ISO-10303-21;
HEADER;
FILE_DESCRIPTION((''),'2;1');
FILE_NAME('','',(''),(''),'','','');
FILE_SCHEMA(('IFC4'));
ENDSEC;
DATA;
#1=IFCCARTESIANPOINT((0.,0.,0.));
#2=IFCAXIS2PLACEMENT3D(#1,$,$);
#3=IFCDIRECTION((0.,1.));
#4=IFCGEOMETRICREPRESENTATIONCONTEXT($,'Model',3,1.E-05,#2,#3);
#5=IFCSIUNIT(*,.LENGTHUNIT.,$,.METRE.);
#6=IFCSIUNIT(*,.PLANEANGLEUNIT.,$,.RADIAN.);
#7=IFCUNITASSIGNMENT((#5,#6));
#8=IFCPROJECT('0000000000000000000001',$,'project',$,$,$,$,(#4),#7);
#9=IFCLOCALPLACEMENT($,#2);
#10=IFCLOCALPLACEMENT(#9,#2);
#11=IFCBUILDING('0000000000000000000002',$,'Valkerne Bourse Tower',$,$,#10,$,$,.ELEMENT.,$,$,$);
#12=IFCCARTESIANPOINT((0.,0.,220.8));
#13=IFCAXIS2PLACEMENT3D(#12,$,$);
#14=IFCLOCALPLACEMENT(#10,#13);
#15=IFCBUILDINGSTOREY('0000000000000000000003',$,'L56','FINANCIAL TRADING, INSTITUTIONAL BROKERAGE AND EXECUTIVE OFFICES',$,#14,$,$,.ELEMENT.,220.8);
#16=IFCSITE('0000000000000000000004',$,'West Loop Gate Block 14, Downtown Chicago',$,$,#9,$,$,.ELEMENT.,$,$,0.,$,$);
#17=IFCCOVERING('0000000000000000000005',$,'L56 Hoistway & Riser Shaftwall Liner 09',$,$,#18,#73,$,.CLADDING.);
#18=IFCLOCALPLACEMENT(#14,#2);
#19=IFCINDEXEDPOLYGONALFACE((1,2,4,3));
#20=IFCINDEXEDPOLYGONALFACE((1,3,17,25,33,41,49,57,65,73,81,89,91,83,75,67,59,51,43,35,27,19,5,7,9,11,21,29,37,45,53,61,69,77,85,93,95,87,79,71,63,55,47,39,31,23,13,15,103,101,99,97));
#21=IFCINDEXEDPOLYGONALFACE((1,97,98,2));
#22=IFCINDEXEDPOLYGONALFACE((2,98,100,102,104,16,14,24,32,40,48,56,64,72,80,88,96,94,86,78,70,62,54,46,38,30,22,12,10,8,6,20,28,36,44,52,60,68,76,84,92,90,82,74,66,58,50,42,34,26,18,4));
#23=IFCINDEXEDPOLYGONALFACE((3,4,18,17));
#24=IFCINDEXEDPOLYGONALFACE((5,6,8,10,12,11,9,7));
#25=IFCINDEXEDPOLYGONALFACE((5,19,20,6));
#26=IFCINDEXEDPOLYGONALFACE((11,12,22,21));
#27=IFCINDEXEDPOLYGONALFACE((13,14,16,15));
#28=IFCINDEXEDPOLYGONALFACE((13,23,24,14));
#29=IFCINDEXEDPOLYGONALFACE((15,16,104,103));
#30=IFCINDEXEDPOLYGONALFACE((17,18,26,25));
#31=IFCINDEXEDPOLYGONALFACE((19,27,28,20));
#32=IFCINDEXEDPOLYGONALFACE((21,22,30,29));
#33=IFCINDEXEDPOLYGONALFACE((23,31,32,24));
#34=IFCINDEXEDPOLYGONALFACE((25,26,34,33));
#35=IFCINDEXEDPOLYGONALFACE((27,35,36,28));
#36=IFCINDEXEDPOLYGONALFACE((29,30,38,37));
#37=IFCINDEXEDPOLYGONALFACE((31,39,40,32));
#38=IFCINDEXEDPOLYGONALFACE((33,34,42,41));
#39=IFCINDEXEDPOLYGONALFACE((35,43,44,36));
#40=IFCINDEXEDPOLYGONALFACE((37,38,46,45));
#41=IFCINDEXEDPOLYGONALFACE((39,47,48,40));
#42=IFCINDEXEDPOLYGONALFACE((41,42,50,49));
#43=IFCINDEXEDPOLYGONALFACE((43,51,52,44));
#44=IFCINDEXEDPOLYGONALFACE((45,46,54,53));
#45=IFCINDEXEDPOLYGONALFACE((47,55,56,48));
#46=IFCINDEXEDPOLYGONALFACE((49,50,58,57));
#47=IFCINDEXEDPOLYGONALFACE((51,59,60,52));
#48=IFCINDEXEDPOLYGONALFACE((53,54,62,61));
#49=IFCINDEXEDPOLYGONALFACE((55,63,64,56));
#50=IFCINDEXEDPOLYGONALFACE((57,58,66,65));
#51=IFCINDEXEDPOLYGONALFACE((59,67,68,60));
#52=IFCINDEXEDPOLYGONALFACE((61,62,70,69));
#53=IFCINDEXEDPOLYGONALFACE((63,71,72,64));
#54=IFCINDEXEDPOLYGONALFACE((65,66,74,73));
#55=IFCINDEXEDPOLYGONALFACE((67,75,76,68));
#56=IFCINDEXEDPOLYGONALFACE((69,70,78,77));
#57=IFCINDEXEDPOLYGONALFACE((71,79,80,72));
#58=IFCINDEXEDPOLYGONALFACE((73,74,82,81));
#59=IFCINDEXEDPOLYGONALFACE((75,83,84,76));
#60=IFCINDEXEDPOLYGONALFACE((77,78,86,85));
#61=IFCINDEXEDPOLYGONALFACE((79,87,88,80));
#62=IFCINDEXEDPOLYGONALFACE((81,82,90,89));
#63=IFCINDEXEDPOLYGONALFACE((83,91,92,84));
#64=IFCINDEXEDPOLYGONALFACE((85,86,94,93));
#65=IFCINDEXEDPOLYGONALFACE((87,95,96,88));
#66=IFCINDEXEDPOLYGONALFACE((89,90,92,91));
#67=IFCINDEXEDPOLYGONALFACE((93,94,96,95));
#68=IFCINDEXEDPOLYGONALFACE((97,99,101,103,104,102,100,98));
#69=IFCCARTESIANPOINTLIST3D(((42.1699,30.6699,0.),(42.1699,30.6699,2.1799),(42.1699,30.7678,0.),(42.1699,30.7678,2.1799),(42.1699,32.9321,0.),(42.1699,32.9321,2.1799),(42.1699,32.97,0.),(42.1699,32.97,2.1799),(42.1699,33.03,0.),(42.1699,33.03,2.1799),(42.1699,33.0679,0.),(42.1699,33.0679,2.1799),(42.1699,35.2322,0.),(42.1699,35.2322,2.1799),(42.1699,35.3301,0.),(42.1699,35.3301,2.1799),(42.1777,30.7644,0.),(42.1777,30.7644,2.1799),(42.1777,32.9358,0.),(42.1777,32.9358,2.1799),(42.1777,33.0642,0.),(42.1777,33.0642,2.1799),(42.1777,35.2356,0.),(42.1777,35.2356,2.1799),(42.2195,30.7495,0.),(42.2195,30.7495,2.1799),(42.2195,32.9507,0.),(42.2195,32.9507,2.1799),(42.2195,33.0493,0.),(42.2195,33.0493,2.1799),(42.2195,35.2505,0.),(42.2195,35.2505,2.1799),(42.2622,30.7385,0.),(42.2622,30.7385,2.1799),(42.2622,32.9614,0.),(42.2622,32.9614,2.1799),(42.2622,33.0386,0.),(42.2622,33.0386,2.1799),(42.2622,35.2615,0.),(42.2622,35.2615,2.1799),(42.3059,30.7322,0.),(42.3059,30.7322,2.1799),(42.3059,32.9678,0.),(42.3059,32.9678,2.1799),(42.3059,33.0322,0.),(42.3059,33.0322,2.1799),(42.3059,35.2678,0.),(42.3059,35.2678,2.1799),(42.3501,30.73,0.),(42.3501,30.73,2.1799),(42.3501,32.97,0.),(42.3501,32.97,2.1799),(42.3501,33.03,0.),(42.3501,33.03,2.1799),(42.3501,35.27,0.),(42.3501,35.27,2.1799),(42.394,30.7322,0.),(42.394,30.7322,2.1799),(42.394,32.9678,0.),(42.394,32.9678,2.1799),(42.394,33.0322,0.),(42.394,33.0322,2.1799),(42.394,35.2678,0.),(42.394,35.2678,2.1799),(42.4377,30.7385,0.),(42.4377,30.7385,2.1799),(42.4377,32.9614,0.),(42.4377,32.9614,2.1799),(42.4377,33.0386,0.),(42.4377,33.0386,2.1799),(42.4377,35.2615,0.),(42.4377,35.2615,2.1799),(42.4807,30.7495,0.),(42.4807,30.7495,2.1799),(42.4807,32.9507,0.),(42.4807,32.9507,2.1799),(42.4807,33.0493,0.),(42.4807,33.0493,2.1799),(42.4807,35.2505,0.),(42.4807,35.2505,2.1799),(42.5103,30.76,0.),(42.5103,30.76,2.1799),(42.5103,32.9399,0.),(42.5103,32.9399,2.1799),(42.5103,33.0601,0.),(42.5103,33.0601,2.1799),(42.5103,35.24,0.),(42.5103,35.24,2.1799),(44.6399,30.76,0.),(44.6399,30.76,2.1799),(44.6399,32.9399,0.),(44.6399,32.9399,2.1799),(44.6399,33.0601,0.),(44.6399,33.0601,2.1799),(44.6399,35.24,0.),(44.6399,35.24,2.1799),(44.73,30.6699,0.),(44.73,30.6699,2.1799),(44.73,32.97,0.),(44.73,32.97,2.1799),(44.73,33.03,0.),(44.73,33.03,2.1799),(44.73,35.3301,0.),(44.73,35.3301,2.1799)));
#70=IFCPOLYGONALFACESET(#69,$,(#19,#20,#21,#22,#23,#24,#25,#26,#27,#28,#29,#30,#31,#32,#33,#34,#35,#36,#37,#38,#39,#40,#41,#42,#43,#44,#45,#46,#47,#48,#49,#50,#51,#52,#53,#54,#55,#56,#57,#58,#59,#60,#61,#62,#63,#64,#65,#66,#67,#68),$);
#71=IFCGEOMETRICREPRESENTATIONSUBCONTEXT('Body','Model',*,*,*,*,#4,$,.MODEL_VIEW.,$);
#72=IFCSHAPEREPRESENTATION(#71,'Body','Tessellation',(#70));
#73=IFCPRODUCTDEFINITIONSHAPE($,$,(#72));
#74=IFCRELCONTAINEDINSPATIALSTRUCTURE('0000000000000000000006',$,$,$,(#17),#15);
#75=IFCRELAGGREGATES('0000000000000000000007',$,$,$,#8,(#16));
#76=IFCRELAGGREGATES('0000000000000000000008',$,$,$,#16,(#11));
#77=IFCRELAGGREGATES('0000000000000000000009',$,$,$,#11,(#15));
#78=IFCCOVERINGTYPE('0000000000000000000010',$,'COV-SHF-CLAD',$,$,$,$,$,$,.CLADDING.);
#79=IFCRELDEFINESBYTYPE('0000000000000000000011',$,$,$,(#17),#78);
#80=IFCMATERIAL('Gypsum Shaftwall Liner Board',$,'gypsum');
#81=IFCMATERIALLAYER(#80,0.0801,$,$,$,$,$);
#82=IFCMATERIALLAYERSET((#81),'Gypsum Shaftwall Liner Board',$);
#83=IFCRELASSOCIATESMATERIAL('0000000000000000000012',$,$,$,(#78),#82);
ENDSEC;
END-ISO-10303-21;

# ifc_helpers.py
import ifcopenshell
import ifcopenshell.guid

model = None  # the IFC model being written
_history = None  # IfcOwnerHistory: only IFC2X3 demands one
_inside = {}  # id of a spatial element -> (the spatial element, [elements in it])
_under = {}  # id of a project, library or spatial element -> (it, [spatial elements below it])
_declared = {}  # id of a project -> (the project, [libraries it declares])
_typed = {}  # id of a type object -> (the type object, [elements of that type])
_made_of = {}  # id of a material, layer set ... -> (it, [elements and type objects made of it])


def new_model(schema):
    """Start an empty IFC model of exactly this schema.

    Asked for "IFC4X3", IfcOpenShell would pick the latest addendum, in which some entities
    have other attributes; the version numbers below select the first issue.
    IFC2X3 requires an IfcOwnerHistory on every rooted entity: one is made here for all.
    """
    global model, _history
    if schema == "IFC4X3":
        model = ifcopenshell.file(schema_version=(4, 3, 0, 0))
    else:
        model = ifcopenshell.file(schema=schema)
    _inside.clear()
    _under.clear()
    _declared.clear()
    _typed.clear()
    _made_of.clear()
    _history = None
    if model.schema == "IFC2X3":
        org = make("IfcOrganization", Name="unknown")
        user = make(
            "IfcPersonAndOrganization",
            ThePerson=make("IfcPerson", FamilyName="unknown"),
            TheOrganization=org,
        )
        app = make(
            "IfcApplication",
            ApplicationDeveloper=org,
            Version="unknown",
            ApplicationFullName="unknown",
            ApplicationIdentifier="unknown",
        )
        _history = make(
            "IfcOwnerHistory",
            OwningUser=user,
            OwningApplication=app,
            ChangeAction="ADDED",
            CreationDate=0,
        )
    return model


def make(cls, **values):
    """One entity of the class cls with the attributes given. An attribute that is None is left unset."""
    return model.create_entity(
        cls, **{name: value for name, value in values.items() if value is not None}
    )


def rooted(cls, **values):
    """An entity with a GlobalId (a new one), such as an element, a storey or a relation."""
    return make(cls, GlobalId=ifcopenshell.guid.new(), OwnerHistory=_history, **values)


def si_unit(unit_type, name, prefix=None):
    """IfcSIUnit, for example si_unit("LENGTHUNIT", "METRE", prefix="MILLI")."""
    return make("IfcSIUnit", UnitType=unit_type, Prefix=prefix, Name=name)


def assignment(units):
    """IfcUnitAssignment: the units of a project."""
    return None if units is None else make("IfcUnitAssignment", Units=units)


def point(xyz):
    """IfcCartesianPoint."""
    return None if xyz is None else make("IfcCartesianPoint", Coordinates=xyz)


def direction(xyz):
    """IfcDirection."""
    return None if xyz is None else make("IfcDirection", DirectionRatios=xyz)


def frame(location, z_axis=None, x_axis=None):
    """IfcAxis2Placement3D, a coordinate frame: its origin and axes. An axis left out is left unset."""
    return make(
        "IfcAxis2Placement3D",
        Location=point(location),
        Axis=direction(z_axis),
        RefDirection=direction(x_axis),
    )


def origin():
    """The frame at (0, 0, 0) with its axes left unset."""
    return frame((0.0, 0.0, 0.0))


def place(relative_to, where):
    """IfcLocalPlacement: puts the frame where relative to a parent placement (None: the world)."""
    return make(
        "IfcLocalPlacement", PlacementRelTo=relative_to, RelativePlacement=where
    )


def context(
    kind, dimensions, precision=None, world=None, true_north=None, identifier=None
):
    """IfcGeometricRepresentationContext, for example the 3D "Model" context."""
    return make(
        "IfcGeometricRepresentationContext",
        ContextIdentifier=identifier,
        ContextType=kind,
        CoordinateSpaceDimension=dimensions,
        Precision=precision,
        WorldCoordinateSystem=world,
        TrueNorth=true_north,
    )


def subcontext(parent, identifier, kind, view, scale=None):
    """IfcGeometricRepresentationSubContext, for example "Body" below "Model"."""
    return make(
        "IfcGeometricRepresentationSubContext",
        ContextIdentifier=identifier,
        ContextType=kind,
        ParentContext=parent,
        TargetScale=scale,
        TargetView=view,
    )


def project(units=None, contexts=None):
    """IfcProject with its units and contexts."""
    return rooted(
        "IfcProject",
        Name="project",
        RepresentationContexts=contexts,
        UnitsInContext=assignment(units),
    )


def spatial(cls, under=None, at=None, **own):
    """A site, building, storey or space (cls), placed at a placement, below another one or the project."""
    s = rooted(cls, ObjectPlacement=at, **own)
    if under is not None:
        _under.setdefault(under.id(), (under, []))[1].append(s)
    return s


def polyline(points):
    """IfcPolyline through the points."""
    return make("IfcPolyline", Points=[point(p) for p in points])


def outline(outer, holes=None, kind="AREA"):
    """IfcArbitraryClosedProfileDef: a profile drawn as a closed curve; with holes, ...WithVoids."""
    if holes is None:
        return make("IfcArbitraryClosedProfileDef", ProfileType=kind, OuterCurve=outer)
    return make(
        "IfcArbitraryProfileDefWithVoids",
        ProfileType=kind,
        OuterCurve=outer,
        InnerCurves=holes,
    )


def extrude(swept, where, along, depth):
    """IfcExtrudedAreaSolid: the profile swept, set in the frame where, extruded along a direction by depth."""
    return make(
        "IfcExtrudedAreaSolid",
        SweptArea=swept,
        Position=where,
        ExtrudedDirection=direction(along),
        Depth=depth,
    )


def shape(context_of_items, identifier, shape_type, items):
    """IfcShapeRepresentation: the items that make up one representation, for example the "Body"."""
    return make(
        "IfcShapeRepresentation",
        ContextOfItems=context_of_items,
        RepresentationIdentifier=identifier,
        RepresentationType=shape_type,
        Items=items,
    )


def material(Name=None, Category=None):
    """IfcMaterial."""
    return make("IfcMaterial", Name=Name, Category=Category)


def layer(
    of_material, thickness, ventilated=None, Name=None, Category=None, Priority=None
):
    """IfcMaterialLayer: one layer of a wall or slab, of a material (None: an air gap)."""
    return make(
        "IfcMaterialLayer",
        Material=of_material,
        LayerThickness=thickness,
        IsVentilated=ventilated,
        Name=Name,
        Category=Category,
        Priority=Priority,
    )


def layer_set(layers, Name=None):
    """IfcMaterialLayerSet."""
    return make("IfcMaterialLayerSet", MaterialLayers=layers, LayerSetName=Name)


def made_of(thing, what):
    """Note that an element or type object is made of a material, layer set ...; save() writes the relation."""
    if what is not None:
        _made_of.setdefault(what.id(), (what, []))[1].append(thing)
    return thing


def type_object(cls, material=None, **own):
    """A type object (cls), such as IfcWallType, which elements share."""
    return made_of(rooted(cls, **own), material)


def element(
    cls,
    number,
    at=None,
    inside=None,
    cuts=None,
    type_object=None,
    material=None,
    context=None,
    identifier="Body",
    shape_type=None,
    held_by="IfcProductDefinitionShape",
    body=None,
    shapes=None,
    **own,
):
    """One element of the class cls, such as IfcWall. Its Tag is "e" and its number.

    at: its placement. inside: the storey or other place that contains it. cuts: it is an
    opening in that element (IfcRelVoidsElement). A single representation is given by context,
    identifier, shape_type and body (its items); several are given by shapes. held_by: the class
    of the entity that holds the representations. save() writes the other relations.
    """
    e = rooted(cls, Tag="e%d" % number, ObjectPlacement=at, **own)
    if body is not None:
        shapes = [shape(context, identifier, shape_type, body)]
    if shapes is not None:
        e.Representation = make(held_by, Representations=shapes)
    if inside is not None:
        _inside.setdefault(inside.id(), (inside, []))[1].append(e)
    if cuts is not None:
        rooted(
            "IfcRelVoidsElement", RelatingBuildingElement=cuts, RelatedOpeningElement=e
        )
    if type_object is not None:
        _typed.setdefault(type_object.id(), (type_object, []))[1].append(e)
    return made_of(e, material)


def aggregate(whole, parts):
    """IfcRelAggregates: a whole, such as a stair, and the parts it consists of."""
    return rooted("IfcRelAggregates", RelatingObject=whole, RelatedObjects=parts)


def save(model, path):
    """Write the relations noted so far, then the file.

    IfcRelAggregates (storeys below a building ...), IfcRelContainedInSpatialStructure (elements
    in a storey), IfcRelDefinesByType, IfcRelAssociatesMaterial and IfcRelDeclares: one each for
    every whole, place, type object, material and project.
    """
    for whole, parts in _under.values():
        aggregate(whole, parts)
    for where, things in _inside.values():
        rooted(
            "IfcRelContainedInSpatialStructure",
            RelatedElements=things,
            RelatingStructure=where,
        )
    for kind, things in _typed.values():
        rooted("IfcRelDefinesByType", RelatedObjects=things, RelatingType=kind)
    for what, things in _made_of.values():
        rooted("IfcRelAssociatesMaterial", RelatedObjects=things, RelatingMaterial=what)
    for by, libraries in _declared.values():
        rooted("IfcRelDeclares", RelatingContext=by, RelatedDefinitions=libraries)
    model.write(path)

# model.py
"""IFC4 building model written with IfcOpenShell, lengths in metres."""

from ifc_helpers import new_model, si_unit, direction, frame, origin, place, context, subcontext, project, spatial, polyline, outline, extrude, material, layer, layer_set, type_object, element, save


model = new_model("IFC4")

# Units and contexts
model_context = context("Model", 3, precision=1e-05, world=origin(), true_north=direction((0.0, 1.0)))
body_context = subcontext(model_context, "Body", "Model", "MODEL_VIEW")
ifc_project = project(units=[si_unit("LENGTHUNIT", "METRE"), si_unit("PLANEANGLEUNIT", "RADIAN")], contexts=[model_context])

# Site, building, storey
site_placement = place(None, origin())
site = spatial("IfcSite", under=ifc_project, at=site_placement, Name="West Loop Gate Block 14, Downtown Chicago", CompositionType="ELEMENT", RefElevation=0.0)
building_placement = place(site_placement, origin())
building = spatial("IfcBuilding", under=site, at=building_placement, Name="Valkerne Bourse Tower", CompositionType="ELEMENT")
storey_placement = place(building_placement, frame((0.0, 0.0, 220.8)))
storey = spatial("IfcBuildingStorey", under=building, at=storey_placement, Name="L56", Description="FINANCIAL TRADING, INSTITUTIONAL BROKERAGE AND EXECUTIVE OFFICES", CompositionType="ELEMENT", Elevation=220.8)

# Covering
ifc_material_1 = material(Name="Gypsum Shaftwall Liner Board", Category="gypsum")
ifc_layer_1 = layer(ifc_material_1, 0.0801)
ifc_layer_set_1 = layer_set([ifc_layer_1], Name="Gypsum Shaftwall Liner Board")
covering_type_1 = type_object("IfcCoveringType", Name="COV-SHF-CLAD", PredefinedType="CLADDING", material=ifc_layer_set_1)
covering_1_placement = place(storey_placement, origin())
element("IfcCovering", 1, at=covering_1_placement, inside=storey, type_object=covering_type_1, Name="L56 Hoistway & Riser Shaftwall Liner 09", PredefinedType="CLADDING", context=body_context, shape_type="SweptSolid", body=[
    extrude(outline(polyline([(42.1699, 33.0679), (42.1777, 33.0642), (42.2195, 33.0493), (42.2622, 33.0386), (42.3059, 33.0322), (42.3501, 33.03), (42.394, 33.0322), (42.4377, 33.0386), (42.4807, 33.0493), (42.5103, 33.0601), (44.6399, 33.0601), (44.6399, 35.24), (42.5103, 35.24), (42.4807, 35.2505), (42.4377, 35.2615), (42.394, 35.2678), (42.3501, 35.27), (42.3059, 35.2678), (42.2622, 35.2615), (42.2195, 35.2505), (42.1777, 35.2356), (42.1699, 35.2322), (42.1699, 35.3301), (44.73, 35.3301), (44.73, 33.03), (44.73, 32.97), (44.73, 30.6699), (42.1699, 30.6699), (42.1699, 30.7678), (42.1777, 30.7644), (42.2195, 30.7495), (42.2622, 30.7385), (42.3059, 30.7322), (42.3501, 30.73), (42.394, 30.7322), (42.4377, 30.7385), (42.4807, 30.7495), (42.5103, 30.76), (44.6399, 30.76), (44.6399, 32.9399), (42.5103, 32.9399), (42.4807, 32.9507), (42.4377, 32.9614), (42.394, 32.9678), (42.3501, 32.97), (42.3059, 32.9678), (42.2622, 32.9614), (42.2195, 32.9507), (42.1777, 32.9358), (42.1699, 32.9321), (42.1699, 32.97), (42.1699, 33.03), (42.1699, 33.0679)])), origin(), (0.0, 0.0, 1.0), 2.1799),
])

save(model, "model.ifc")
